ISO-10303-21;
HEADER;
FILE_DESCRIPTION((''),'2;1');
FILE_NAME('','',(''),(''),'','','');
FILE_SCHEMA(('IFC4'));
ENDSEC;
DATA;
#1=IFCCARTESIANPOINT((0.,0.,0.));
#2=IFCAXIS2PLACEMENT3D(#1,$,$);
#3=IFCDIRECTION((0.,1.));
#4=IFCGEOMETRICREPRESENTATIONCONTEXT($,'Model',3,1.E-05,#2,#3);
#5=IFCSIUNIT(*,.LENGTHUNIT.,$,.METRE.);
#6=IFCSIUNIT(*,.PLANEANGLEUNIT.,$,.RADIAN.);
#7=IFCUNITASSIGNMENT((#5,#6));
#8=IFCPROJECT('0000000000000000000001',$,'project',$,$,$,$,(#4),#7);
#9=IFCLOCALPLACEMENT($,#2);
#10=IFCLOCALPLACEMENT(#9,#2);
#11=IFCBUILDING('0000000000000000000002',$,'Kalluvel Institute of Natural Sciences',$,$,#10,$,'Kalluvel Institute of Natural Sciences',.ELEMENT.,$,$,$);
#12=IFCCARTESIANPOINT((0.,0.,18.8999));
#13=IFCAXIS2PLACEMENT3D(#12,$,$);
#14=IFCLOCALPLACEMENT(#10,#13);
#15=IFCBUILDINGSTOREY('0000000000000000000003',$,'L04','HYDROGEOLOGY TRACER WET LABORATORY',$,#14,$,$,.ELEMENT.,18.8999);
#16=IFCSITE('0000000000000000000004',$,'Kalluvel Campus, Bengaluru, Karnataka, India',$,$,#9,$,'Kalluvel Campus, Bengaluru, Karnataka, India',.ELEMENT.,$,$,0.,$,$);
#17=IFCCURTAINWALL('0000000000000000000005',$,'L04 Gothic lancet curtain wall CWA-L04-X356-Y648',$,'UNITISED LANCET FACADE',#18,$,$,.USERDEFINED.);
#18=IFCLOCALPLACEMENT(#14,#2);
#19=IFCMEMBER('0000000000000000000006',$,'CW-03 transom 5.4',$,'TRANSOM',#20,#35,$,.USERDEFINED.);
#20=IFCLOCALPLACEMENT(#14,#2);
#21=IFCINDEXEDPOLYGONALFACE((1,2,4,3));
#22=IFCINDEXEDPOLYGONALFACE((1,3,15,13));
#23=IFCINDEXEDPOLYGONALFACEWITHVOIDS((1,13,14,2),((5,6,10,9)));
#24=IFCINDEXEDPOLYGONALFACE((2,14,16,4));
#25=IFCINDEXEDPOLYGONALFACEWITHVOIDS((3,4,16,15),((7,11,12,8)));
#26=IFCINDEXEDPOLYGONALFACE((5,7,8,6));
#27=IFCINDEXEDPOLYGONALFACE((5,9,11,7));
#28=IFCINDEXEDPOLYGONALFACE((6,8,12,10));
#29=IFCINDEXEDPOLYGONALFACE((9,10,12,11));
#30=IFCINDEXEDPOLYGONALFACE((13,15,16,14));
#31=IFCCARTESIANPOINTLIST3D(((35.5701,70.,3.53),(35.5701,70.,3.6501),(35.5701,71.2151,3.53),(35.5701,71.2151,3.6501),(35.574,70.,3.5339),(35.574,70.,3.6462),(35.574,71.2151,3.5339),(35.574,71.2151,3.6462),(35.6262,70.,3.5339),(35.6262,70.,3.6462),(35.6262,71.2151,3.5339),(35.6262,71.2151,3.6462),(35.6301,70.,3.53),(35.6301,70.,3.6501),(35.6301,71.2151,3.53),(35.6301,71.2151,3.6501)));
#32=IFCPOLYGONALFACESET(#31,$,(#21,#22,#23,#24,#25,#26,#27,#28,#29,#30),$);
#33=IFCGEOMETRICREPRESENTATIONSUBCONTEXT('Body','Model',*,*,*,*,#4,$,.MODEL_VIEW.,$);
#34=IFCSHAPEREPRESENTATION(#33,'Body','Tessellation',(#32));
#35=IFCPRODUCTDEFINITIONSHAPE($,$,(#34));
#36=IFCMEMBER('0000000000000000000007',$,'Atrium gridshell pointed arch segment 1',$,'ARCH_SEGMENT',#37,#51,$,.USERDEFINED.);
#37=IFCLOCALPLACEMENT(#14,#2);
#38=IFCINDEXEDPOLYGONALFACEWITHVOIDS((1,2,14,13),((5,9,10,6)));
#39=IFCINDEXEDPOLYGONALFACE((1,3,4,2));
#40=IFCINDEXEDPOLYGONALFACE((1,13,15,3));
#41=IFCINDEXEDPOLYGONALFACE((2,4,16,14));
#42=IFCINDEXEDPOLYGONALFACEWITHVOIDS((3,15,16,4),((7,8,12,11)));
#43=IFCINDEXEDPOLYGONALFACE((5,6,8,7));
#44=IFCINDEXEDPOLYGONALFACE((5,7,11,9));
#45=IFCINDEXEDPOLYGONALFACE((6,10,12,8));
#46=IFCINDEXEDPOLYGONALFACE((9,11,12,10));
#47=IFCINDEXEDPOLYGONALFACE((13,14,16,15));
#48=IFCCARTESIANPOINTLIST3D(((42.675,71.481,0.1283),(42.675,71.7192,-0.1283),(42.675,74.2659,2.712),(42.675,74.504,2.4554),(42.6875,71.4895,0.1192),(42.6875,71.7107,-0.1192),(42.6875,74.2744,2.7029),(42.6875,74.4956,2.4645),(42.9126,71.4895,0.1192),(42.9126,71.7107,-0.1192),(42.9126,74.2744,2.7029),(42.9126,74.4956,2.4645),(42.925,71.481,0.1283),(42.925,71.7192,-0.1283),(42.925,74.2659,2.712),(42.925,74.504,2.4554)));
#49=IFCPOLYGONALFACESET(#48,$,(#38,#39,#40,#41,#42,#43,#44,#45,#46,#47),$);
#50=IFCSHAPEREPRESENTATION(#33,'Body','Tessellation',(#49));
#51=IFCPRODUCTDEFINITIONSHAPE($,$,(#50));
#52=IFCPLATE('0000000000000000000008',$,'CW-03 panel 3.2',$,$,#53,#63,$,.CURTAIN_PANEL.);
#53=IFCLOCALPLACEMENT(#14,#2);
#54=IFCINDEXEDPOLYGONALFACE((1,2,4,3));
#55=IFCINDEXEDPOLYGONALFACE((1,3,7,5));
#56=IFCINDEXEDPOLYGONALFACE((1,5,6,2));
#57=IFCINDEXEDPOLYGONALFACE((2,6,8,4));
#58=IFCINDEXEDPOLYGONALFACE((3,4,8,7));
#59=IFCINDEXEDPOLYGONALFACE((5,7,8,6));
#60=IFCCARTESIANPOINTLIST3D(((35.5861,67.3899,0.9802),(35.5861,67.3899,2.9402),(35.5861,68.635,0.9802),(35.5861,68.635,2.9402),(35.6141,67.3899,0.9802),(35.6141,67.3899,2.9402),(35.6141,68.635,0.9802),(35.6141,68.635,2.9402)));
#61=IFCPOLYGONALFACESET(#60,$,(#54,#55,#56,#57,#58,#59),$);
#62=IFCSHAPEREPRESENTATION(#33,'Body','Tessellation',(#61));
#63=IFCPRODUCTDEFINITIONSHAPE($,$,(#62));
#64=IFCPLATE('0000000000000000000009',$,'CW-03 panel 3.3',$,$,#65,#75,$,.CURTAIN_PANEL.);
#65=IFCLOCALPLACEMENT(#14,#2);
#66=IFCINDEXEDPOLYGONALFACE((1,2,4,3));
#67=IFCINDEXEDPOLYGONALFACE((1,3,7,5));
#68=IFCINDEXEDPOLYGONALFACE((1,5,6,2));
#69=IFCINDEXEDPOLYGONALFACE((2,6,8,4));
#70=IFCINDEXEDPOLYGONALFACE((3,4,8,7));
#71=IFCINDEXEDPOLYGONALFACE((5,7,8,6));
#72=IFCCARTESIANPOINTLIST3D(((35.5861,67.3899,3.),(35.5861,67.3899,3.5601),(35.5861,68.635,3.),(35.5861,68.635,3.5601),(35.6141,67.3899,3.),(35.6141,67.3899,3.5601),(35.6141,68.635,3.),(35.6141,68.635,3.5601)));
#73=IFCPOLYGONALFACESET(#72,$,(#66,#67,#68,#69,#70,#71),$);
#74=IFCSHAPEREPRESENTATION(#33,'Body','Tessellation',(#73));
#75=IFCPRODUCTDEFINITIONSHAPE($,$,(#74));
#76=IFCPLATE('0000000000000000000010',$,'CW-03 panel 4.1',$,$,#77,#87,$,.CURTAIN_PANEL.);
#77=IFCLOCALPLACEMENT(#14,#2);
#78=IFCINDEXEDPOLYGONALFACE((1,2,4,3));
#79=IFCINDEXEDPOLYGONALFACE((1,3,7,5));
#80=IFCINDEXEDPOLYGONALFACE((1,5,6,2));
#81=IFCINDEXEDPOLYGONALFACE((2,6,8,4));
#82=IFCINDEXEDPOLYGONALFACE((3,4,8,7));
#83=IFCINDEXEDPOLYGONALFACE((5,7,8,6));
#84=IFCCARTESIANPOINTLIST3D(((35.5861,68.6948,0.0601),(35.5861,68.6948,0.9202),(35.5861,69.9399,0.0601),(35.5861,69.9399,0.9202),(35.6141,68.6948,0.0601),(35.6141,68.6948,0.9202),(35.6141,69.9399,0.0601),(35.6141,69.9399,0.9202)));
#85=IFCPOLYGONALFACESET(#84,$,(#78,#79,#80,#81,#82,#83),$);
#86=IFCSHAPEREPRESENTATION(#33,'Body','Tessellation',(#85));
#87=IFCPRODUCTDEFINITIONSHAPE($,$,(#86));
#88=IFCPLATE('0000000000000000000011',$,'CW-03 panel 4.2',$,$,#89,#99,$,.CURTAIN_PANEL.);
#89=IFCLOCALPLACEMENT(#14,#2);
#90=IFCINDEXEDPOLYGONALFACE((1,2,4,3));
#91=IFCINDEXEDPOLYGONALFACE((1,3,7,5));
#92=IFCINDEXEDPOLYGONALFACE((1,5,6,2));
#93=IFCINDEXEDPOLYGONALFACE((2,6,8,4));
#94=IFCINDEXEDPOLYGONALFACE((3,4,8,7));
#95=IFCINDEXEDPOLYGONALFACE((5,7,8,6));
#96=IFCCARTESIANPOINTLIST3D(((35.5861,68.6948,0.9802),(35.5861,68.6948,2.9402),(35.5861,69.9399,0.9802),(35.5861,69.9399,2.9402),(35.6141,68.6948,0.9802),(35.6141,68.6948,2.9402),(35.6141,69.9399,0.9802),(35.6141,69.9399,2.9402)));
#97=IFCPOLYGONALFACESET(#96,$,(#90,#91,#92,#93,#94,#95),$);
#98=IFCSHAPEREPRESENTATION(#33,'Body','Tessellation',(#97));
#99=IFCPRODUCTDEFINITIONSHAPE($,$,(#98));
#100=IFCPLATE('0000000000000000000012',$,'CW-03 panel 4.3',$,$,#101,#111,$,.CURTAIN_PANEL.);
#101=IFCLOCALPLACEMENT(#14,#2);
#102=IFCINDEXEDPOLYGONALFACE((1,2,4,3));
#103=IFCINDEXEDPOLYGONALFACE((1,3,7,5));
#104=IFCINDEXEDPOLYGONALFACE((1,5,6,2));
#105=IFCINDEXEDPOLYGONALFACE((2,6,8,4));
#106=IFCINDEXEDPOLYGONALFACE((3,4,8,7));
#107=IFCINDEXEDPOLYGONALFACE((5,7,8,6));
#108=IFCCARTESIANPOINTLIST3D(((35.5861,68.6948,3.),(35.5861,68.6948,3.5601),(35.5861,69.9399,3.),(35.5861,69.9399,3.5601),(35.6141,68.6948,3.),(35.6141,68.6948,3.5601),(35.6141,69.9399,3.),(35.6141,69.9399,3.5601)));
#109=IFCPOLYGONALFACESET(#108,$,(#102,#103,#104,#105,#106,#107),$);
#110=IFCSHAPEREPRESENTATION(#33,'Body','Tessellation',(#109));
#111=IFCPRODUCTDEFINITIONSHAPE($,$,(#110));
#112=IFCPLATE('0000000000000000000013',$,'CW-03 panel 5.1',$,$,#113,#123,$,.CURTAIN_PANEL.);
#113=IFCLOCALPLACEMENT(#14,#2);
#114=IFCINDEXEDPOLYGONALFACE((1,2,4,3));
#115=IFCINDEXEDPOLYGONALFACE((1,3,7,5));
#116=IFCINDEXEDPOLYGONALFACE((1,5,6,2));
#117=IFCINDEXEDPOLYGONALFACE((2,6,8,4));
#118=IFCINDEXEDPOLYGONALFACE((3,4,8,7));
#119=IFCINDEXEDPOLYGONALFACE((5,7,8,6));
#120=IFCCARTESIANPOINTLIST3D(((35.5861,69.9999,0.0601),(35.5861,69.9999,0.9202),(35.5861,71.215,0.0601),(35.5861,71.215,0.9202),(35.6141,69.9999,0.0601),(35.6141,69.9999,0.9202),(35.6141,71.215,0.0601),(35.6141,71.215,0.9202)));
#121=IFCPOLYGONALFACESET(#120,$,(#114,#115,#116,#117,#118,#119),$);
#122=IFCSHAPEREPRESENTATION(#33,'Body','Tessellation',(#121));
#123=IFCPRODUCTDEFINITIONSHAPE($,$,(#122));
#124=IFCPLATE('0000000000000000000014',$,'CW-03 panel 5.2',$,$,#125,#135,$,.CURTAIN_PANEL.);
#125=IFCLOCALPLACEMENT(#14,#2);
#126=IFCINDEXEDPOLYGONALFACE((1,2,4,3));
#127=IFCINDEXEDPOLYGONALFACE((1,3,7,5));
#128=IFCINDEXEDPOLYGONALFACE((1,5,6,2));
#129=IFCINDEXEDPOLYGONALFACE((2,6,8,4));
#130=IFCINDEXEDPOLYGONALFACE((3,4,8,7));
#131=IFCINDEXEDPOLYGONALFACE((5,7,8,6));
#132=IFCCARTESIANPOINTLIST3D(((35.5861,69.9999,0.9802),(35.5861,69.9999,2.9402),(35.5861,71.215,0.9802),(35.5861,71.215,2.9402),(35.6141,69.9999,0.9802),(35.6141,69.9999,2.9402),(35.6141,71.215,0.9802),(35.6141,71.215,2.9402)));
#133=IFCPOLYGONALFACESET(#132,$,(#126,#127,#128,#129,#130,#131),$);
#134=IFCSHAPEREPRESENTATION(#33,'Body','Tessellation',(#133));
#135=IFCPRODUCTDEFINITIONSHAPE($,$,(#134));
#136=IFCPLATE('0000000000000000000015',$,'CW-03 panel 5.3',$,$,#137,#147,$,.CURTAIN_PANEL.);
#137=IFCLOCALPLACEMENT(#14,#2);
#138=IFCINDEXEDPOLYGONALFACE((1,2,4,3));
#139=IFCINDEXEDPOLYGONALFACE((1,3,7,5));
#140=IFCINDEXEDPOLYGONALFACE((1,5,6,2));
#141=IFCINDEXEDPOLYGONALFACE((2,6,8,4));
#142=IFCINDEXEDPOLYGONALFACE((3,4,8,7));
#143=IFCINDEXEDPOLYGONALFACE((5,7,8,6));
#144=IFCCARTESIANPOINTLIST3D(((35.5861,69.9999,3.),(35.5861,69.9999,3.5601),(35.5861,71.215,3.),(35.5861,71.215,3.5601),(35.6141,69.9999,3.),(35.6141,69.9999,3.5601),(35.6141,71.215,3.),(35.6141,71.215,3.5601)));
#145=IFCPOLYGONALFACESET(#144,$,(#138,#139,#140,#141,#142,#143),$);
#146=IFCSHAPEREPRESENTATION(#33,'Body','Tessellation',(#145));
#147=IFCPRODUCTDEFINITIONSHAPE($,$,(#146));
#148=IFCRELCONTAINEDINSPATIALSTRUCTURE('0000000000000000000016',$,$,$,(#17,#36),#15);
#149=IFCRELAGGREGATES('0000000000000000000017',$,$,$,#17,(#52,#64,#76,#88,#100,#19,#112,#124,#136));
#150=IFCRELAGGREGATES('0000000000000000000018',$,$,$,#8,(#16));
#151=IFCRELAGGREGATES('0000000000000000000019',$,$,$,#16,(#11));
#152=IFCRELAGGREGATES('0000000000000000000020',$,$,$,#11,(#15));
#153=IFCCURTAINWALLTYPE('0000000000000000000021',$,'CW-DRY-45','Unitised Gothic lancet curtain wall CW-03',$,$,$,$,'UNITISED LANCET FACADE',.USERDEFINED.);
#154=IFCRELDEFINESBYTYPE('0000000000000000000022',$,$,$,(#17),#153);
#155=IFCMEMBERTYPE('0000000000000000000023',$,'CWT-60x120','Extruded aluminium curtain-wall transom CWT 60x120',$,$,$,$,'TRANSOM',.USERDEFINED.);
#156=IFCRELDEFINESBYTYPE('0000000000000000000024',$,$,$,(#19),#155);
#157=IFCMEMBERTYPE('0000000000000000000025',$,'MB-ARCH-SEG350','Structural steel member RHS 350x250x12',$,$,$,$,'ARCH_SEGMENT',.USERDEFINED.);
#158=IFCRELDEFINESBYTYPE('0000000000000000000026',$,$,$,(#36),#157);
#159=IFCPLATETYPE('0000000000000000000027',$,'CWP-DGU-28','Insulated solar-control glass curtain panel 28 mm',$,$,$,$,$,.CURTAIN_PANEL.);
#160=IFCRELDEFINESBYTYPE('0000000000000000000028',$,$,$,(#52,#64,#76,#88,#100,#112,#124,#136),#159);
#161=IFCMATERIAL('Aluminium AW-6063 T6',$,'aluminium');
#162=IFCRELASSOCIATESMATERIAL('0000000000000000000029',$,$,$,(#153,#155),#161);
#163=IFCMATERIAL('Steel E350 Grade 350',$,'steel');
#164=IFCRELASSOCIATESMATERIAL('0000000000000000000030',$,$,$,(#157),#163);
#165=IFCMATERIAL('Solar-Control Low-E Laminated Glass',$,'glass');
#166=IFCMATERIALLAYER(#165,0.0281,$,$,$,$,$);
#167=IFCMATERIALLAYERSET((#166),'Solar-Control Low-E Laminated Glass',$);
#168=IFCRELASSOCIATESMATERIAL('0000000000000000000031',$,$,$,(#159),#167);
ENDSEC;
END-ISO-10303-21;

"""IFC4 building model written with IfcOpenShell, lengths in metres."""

from ifc_helpers import new_model, si_unit, direction, frame, origin, origin_2d, place, context, subcontext, project, spatial, rectangle, hollow_rectangle, extrude, material, layer, layer_set, material_profile, profile_set, type_object, element, aggregate, save


model = new_model("IFC4")

# Units and contexts
model_context = context("Model", 3, precision=1e-05, world=origin(), true_north=direction((0.0, 1.0)))
body_context = subcontext(model_context, "Body", "Model", "MODEL_VIEW")
ifc_project = project(units=[si_unit("LENGTHUNIT", "METRE"), si_unit("PLANEANGLEUNIT", "RADIAN")], contexts=[model_context])

# Site, building, storey
site_placement = place(None, origin())
site = spatial("IfcSite", under=ifc_project, at=site_placement, Name="Kalluvel Campus, Bengaluru, Karnataka, India", LongName="Kalluvel Campus, Bengaluru, Karnataka, India", CompositionType="ELEMENT", RefElevation=0.0)
building_placement = place(site_placement, origin())
building = spatial("IfcBuilding", under=site, at=building_placement, Name="Kalluvel Institute of Natural Sciences", LongName="Kalluvel Institute of Natural Sciences", CompositionType="ELEMENT")
storey_placement = place(building_placement, frame((0.0, 0.0, 18.8999)))
storey = spatial("IfcBuildingStorey", under=building, at=storey_placement, Name="L04", Description="HYDROGEOLOGY TRACER WET LABORATORY", CompositionType="ELEMENT", Elevation=18.8999)

# Curtain wall, member
ifc_material_1 = material(Name="Aluminium AW-6063 T6", Category="aluminium")
curtain_wall_type = type_object("IfcCurtainWallType", Name="CW-DRY-45", Description="Unitised Gothic lancet curtain wall CW-03", ElementType="UNITISED LANCET FACADE", PredefinedType="USERDEFINED", material=ifc_material_1)
curtain_wall_placement = place(storey_placement, origin())
curtain_wall = element("IfcCurtainWall", 1, at=curtain_wall_placement, inside=storey, type_object=curtain_wall_type, Name="L04 Gothic lancet curtain wall CWA-L04-X356-Y648", ObjectType="UNITISED LANCET FACADE", PredefinedType="USERDEFINED")
ifc_material_profile_1 = material_profile(ifc_material_1, hollow_rectangle(XDim=0.0601, YDim=0.1201, WallThickness=0.0039, at=origin_2d()), Name="CWT 60x120")
ifc_profile_set_1 = profile_set([ifc_material_profile_1], Name="Aluminium AW-6063 T6")
member_type_1 = type_object("IfcMemberType", Name="CWT-60x120", Description="Extruded aluminium curtain-wall transom CWT 60x120", ElementType="TRANSOM", PredefinedType="USERDEFINED", material=ifc_profile_set_1)
member_1_placement = place(storey_placement, frame((35.6001, 70.0, 3.5901), z_axis=(0.0, 1.0, 0.0), x_axis=(-1.0, 0.0, 0.0)))
member_1 = element("IfcMember", 2, at=member_1_placement, type_object=member_type_1, Name="CW-03 transom 5.4", ObjectType="TRANSOM", PredefinedType="USERDEFINED", context=body_context, shape_type="SweptSolid", body=[
    extrude(hollow_rectangle(XDim=0.0601, YDim=0.1201, WallThickness=0.0039, at=origin_2d()), origin(), (0.0, 0.0, 1.0), 1.2151),
])

# Member
ifc_material_2 = material(Name="Steel E350 Grade 350", Category="steel")
ifc_material_profile_2 = material_profile(ifc_material_2, hollow_rectangle(XDim=0.25, YDim=0.3501, WallThickness=0.0125, at=origin_2d()), Name="RHS 350x250x12")
ifc_profile_set_2 = profile_set([ifc_material_profile_2], Name="Steel E350 Grade 350")
member_type_2 = type_object("IfcMemberType", Name="MB-ARCH-SEG350", Description="Structural steel member RHS 350x250x12", ElementType="ARCH_SEGMENT", PredefinedType="USERDEFINED", material=ifc_profile_set_2)
member_2_placement = place(storey_placement, frame((42.8, 71.6001, 0.0), z_axis=(0.0, 0.733089, 0.680133), x_axis=(-1.0, 0.0, 0.0)))
element("IfcMember", 3, at=member_2_placement, inside=storey, type_object=member_type_2, Name="Atrium gridshell pointed arch segment 1", ObjectType="ARCH_SEGMENT", PredefinedType="USERDEFINED", context=body_context, shape_type="SweptSolid", body=[
    extrude(hollow_rectangle(XDim=0.25, YDim=0.3501, WallThickness=0.0125, at=origin_2d()), origin(), (0.0, 0.0, 1.0), 3.7988),
])

# Plates
ifc_material_3 = material(Name="Solar-Control Low-E Laminated Glass", Category="glass")
ifc_layer = layer(ifc_material_3, 0.0281)
ifc_layer_set = layer_set([ifc_layer], Name="Solar-Control Low-E Laminated Glass")
plate_type = type_object("IfcPlateType", Name="CWP-DGU-28", Description="Insulated solar-control glass curtain panel 28 mm", PredefinedType="CURTAIN_PANEL", material=ifc_layer_set)
plate_1_placement = place(storey_placement, frame((35.6001, 68.0125, 0.9802), z_axis=(0.0, 0.0, 1.0), x_axis=(0.0, 1.0, 0.0)))
plate_1 = element("IfcPlate", 4, at=plate_1_placement, type_object=plate_type, Name="CW-03 panel 3.2", PredefinedType="CURTAIN_PANEL", context=body_context, shape_type="SweptSolid", body=[
    extrude(rectangle(XDim=1.2451, YDim=0.0281, at=origin_2d()), origin(), (0.0, 0.0, 1.0), 1.96),
])
plate_2_placement = place(storey_placement, frame((35.6001, 68.0125, 3.0), z_axis=(0.0, 0.0, 1.0), x_axis=(0.0, 1.0, 0.0)))
plate_2 = element("IfcPlate", 5, at=plate_2_placement, type_object=plate_type, Name="CW-03 panel 3.3", PredefinedType="CURTAIN_PANEL", context=body_context, shape_type="SweptSolid", body=[
    extrude(rectangle(XDim=1.2451, YDim=0.0281, at=origin_2d()), origin(), (0.0, 0.0, 1.0), 0.5601),
])
plate_3_placement = place(storey_placement, frame((35.6001, 69.3174, 0.0601), z_axis=(0.0, 0.0, 1.0), x_axis=(0.0, 1.0, 0.0)))
plate_3 = element("IfcPlate", 6, at=plate_3_placement, type_object=plate_type, Name="CW-03 panel 4.1", PredefinedType="CURTAIN_PANEL", context=body_context, shape_type="SweptSolid", body=[
    extrude(rectangle(XDim=1.2451, YDim=0.0281, at=origin_2d()), origin(), (0.0, 0.0, 1.0), 0.8601),
])
plate_4_placement = place(storey_placement, frame((35.6001, 69.3174, 0.9802), z_axis=(0.0, 0.0, 1.0), x_axis=(0.0, 1.0, 0.0)))
plate_4 = element("IfcPlate", 7, at=plate_4_placement, type_object=plate_type, Name="CW-03 panel 4.2", PredefinedType="CURTAIN_PANEL", context=body_context, shape_type="SweptSolid", body=[
    extrude(rectangle(XDim=1.2451, YDim=0.0281, at=origin_2d()), origin(), (0.0, 0.0, 1.0), 1.96),
])
plate_5_placement = place(storey_placement, frame((35.6001, 69.3174, 3.0), z_axis=(0.0, 0.0, 1.0), x_axis=(0.0, 1.0, 0.0)))
plate_5 = element("IfcPlate", 8, at=plate_5_placement, type_object=plate_type, Name="CW-03 panel 4.3", PredefinedType="CURTAIN_PANEL", context=body_context, shape_type="SweptSolid", body=[
    extrude(rectangle(XDim=1.2451, YDim=0.0281, at=origin_2d()), origin(), (0.0, 0.0, 1.0), 0.5601),
])
plate_6_placement = place(storey_placement, frame((35.6001, 70.6074, 0.0601), z_axis=(0.0, 0.0, 1.0), x_axis=(0.0, 1.0, 0.0)))
plate_6 = element("IfcPlate", 9, at=plate_6_placement, type_object=plate_type, Name="CW-03 panel 5.1", PredefinedType="CURTAIN_PANEL", context=body_context, shape_type="SweptSolid", body=[
    extrude(rectangle(XDim=1.2151, YDim=0.0281, at=origin_2d()), origin(), (0.0, 0.0, 1.0), 0.8601),
])
plate_7_placement = place(storey_placement, frame((35.6001, 70.6074, 0.9802), z_axis=(0.0, 0.0, 1.0), x_axis=(0.0, 1.0, 0.0)))
plate_7 = element("IfcPlate", 10, at=plate_7_placement, type_object=plate_type, Name="CW-03 panel 5.2", PredefinedType="CURTAIN_PANEL", context=body_context, shape_type="SweptSolid", body=[
    extrude(rectangle(XDim=1.2151, YDim=0.0281, at=origin_2d()), origin(), (0.0, 0.0, 1.0), 1.96),
])
plate_8_placement = place(storey_placement, frame((35.6001, 70.6074, 3.0), z_axis=(0.0, 0.0, 1.0), x_axis=(0.0, 1.0, 0.0)))
plate_8 = element("IfcPlate", 11, at=plate_8_placement, type_object=plate_type, Name="CW-03 panel 5.3", PredefinedType="CURTAIN_PANEL", context=body_context, shape_type="SweptSolid", body=[
    extrude(rectangle(XDim=1.2151, YDim=0.0281, at=origin_2d()), origin(), (0.0, 0.0, 1.0), 0.5601),
])
aggregate(curtain_wall, [plate_1, plate_2, plate_3, plate_4, plate_5, member_1, plate_6, plate_7, plate_8])

save(model, "model.ifc")
